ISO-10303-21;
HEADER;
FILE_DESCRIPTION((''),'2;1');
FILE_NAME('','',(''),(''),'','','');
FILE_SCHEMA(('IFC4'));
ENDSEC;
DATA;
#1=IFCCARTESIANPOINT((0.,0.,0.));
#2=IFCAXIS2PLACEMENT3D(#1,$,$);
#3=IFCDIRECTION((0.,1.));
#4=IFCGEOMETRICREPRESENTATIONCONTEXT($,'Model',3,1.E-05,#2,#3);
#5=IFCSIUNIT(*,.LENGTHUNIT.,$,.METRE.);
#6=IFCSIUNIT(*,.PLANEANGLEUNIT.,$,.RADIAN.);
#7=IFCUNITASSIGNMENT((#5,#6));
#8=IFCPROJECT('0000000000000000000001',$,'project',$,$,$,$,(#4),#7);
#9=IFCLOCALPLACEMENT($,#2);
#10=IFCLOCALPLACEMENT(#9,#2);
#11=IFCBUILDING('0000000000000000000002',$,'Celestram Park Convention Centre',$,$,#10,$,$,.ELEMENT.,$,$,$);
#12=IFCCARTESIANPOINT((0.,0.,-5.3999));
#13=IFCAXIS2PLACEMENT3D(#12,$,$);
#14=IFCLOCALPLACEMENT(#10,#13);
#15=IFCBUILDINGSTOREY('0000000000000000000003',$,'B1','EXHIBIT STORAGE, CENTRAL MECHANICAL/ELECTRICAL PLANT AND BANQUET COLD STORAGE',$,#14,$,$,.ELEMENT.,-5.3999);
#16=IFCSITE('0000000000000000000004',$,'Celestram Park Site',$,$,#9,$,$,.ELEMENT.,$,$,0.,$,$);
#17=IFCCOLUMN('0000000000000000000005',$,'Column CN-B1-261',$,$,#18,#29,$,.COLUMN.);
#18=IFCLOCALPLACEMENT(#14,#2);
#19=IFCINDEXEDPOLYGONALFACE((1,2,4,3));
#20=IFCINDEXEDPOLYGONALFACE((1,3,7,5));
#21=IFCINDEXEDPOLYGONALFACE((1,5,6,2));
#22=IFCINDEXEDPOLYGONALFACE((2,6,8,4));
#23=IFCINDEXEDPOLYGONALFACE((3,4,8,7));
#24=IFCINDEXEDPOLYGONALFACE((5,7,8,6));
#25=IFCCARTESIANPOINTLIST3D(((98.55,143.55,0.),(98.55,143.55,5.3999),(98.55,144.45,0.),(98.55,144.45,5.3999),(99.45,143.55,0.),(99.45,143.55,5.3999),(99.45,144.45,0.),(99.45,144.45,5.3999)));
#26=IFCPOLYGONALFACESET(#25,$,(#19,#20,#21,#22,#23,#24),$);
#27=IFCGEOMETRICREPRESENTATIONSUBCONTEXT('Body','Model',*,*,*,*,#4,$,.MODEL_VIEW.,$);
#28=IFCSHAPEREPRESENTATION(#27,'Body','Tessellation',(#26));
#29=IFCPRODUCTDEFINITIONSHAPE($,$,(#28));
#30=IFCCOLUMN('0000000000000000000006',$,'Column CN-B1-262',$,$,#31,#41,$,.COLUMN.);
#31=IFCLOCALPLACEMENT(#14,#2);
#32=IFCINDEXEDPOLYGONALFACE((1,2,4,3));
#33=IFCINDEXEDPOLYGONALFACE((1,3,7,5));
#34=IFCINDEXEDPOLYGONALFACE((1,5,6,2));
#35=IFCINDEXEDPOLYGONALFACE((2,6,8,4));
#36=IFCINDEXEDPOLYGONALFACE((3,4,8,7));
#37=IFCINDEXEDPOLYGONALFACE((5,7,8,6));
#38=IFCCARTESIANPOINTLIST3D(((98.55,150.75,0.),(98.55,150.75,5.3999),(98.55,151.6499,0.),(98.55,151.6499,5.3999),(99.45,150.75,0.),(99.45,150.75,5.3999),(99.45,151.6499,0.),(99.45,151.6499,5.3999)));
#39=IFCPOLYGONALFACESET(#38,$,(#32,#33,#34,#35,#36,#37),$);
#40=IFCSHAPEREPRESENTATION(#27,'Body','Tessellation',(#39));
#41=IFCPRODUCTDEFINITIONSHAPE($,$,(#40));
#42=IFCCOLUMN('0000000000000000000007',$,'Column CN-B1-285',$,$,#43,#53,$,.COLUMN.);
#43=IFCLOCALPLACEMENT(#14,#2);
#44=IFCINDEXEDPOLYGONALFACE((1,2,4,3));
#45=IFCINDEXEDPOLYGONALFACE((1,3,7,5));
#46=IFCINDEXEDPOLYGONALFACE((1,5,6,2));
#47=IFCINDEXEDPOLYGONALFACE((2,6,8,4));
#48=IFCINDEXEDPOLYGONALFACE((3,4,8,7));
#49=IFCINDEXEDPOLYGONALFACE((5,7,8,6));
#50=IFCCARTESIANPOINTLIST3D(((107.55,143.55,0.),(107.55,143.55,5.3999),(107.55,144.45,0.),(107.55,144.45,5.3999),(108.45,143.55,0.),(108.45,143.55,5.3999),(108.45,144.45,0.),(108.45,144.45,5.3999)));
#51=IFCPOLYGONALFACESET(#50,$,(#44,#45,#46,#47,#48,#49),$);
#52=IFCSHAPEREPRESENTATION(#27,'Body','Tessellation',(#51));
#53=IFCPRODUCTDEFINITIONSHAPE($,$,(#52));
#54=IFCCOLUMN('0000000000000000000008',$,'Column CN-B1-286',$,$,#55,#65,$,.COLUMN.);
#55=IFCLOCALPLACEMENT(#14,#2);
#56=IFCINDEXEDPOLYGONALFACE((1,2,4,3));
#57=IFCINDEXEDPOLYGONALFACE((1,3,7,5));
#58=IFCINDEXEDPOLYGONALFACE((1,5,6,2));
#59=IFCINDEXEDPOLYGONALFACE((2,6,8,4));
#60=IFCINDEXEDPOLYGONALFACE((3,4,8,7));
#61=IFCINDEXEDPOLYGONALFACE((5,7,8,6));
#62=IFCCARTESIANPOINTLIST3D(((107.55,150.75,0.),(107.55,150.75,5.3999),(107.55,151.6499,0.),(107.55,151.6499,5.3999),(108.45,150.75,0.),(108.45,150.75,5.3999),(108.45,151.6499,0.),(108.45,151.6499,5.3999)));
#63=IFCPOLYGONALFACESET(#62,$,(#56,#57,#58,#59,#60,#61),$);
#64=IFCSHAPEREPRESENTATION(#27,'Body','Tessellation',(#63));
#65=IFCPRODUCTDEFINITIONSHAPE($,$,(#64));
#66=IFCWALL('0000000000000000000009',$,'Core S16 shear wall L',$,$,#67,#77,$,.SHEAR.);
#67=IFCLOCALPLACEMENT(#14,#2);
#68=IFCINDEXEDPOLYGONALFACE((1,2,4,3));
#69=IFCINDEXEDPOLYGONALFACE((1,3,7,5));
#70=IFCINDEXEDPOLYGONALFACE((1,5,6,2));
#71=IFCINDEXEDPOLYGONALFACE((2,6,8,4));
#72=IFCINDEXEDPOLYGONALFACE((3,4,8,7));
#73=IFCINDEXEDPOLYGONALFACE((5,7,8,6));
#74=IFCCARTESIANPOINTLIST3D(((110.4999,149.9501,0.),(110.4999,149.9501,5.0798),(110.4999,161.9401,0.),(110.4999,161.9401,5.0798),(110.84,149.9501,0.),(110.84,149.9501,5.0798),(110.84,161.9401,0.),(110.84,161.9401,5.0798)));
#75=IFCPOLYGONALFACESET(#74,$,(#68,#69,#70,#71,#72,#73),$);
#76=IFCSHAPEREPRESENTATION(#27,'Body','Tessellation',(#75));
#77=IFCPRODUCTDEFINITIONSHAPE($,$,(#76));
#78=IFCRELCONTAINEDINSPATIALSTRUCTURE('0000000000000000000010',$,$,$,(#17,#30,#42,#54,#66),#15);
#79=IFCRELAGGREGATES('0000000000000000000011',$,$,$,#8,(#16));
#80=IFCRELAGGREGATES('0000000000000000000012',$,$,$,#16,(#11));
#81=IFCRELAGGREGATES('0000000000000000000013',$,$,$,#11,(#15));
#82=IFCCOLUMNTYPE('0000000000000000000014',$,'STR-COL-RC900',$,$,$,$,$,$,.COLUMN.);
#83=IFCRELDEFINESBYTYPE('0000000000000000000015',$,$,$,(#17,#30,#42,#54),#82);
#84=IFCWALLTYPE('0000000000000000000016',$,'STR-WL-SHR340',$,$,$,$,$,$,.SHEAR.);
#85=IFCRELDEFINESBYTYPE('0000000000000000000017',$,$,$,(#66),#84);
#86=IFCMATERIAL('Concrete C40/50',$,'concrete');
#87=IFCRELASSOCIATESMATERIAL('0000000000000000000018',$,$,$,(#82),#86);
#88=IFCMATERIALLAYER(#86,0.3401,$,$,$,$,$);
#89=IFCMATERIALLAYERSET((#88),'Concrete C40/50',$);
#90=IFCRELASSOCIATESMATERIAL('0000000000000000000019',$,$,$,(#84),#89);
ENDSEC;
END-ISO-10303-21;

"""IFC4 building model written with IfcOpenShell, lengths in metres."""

from ifc_helpers import new_model, si_unit, direction, frame, frame_2d, origin, origin_2d, place, context, subcontext, project, spatial, rectangle, extrude, material, layer, layer_set, material_profile, profile_set, type_object, element, save


model = new_model("IFC4")

# Units and contexts
model_context = context("Model", 3, precision=1e-05, world=origin(), true_north=direction((0.0, 1.0)))
body_context = subcontext(model_context, "Body", "Model", "MODEL_VIEW")
ifc_project = project(units=[si_unit("LENGTHUNIT", "METRE"), si_unit("PLANEANGLEUNIT", "RADIAN")], contexts=[model_context])

# Site, building, storey
site_placement = place(None, origin())
site = spatial("IfcSite", under=ifc_project, at=site_placement, Name="Celestram Park Site", CompositionType="ELEMENT", RefElevation=0.0)
building_placement = place(site_placement, origin())
building = spatial("IfcBuilding", under=site, at=building_placement, Name="Celestram Park Convention Centre", CompositionType="ELEMENT")
storey_placement = place(building_placement, frame((0.0, 0.0, -5.3999)))
storey = spatial("IfcBuildingStorey", under=building, at=storey_placement, Name="B1", Description="EXHIBIT STORAGE, CENTRAL MECHANICAL/ELECTRICAL PLANT AND BANQUET COLD STORAGE", CompositionType="ELEMENT", Elevation=-5.3999)

# Shared definitions
ifc_material_1 = material(Name="Concrete C40/50", Category="concrete")

# Columns
ifc_material_profile_1 = material_profile(ifc_material_1, rectangle(XDim=0.8999, YDim=0.8999, at=origin_2d()), Name="RC900X900")
ifc_profile_set_1 = profile_set([ifc_material_profile_1], Name="Concrete C40/50")
column_type = type_object("IfcColumnType", Name="STR-COL-RC900", PredefinedType="COLUMN", material=ifc_profile_set_1)
for number, where, z_axis, x_axis, name in (
    (1, (99.0, 144.0, 0.0), (0.0, 0.0, 1.0), (1.0, 0.0, 0.0), "Column CN-B1-261"),
    (2, (99.0, 151.2, 0.0), (0.0, 0.0, 1.0), (1.0, 0.0, 0.0), "Column CN-B1-262"),
    (3, (108.0, 144.0, 0.0), (0.0, 0.0, 1.0), (1.0, 0.0, 0.0), "Column CN-B1-285"),
    (4, (108.0, 151.2, 0.0), (0.0, 0.0, 1.0), (1.0, 0.0, 0.0), "Column CN-B1-286"),
):
    element("IfcColumn", number, at=place(storey_placement, frame(where, z_axis=z_axis, x_axis=x_axis)), inside=storey, type_object=column_type, Name=name, PredefinedType="COLUMN", context=body_context, shape_type="SweptSolid", body=[
        extrude(rectangle(XDim=0.8999, YDim=0.8999, at=origin_2d()), origin(), (0.0, 0.0, 1.0), 5.3999),
    ])

# Wall
ifc_layer = layer(ifc_material_1, 0.3401)
ifc_layer_set = layer_set([ifc_layer], Name="Concrete C40/50")
wall_type = type_object("IfcWallType", Name="STR-WL-SHR340", PredefinedType="SHEAR", material=ifc_layer_set)
wall_placement = place(storey_placement, frame((110.6699, 149.95, 0.0), z_axis=(0.0, 0.0, 1.0), x_axis=(0.0, 1.0, 0.0)))
element("IfcWall", 5, at=wall_placement, inside=storey, type_object=wall_type, Name="Core S16 shear wall L", PredefinedType="SHEAR", context=body_context, shape_type="SweptSolid", body=[
    extrude(rectangle(XDim=11.99, YDim=0.3401, at=frame_2d((5.9951, 0.0))), origin(), (0.0, 0.0, 1.0), 5.0798),
])

save(model, "model.ifc")
